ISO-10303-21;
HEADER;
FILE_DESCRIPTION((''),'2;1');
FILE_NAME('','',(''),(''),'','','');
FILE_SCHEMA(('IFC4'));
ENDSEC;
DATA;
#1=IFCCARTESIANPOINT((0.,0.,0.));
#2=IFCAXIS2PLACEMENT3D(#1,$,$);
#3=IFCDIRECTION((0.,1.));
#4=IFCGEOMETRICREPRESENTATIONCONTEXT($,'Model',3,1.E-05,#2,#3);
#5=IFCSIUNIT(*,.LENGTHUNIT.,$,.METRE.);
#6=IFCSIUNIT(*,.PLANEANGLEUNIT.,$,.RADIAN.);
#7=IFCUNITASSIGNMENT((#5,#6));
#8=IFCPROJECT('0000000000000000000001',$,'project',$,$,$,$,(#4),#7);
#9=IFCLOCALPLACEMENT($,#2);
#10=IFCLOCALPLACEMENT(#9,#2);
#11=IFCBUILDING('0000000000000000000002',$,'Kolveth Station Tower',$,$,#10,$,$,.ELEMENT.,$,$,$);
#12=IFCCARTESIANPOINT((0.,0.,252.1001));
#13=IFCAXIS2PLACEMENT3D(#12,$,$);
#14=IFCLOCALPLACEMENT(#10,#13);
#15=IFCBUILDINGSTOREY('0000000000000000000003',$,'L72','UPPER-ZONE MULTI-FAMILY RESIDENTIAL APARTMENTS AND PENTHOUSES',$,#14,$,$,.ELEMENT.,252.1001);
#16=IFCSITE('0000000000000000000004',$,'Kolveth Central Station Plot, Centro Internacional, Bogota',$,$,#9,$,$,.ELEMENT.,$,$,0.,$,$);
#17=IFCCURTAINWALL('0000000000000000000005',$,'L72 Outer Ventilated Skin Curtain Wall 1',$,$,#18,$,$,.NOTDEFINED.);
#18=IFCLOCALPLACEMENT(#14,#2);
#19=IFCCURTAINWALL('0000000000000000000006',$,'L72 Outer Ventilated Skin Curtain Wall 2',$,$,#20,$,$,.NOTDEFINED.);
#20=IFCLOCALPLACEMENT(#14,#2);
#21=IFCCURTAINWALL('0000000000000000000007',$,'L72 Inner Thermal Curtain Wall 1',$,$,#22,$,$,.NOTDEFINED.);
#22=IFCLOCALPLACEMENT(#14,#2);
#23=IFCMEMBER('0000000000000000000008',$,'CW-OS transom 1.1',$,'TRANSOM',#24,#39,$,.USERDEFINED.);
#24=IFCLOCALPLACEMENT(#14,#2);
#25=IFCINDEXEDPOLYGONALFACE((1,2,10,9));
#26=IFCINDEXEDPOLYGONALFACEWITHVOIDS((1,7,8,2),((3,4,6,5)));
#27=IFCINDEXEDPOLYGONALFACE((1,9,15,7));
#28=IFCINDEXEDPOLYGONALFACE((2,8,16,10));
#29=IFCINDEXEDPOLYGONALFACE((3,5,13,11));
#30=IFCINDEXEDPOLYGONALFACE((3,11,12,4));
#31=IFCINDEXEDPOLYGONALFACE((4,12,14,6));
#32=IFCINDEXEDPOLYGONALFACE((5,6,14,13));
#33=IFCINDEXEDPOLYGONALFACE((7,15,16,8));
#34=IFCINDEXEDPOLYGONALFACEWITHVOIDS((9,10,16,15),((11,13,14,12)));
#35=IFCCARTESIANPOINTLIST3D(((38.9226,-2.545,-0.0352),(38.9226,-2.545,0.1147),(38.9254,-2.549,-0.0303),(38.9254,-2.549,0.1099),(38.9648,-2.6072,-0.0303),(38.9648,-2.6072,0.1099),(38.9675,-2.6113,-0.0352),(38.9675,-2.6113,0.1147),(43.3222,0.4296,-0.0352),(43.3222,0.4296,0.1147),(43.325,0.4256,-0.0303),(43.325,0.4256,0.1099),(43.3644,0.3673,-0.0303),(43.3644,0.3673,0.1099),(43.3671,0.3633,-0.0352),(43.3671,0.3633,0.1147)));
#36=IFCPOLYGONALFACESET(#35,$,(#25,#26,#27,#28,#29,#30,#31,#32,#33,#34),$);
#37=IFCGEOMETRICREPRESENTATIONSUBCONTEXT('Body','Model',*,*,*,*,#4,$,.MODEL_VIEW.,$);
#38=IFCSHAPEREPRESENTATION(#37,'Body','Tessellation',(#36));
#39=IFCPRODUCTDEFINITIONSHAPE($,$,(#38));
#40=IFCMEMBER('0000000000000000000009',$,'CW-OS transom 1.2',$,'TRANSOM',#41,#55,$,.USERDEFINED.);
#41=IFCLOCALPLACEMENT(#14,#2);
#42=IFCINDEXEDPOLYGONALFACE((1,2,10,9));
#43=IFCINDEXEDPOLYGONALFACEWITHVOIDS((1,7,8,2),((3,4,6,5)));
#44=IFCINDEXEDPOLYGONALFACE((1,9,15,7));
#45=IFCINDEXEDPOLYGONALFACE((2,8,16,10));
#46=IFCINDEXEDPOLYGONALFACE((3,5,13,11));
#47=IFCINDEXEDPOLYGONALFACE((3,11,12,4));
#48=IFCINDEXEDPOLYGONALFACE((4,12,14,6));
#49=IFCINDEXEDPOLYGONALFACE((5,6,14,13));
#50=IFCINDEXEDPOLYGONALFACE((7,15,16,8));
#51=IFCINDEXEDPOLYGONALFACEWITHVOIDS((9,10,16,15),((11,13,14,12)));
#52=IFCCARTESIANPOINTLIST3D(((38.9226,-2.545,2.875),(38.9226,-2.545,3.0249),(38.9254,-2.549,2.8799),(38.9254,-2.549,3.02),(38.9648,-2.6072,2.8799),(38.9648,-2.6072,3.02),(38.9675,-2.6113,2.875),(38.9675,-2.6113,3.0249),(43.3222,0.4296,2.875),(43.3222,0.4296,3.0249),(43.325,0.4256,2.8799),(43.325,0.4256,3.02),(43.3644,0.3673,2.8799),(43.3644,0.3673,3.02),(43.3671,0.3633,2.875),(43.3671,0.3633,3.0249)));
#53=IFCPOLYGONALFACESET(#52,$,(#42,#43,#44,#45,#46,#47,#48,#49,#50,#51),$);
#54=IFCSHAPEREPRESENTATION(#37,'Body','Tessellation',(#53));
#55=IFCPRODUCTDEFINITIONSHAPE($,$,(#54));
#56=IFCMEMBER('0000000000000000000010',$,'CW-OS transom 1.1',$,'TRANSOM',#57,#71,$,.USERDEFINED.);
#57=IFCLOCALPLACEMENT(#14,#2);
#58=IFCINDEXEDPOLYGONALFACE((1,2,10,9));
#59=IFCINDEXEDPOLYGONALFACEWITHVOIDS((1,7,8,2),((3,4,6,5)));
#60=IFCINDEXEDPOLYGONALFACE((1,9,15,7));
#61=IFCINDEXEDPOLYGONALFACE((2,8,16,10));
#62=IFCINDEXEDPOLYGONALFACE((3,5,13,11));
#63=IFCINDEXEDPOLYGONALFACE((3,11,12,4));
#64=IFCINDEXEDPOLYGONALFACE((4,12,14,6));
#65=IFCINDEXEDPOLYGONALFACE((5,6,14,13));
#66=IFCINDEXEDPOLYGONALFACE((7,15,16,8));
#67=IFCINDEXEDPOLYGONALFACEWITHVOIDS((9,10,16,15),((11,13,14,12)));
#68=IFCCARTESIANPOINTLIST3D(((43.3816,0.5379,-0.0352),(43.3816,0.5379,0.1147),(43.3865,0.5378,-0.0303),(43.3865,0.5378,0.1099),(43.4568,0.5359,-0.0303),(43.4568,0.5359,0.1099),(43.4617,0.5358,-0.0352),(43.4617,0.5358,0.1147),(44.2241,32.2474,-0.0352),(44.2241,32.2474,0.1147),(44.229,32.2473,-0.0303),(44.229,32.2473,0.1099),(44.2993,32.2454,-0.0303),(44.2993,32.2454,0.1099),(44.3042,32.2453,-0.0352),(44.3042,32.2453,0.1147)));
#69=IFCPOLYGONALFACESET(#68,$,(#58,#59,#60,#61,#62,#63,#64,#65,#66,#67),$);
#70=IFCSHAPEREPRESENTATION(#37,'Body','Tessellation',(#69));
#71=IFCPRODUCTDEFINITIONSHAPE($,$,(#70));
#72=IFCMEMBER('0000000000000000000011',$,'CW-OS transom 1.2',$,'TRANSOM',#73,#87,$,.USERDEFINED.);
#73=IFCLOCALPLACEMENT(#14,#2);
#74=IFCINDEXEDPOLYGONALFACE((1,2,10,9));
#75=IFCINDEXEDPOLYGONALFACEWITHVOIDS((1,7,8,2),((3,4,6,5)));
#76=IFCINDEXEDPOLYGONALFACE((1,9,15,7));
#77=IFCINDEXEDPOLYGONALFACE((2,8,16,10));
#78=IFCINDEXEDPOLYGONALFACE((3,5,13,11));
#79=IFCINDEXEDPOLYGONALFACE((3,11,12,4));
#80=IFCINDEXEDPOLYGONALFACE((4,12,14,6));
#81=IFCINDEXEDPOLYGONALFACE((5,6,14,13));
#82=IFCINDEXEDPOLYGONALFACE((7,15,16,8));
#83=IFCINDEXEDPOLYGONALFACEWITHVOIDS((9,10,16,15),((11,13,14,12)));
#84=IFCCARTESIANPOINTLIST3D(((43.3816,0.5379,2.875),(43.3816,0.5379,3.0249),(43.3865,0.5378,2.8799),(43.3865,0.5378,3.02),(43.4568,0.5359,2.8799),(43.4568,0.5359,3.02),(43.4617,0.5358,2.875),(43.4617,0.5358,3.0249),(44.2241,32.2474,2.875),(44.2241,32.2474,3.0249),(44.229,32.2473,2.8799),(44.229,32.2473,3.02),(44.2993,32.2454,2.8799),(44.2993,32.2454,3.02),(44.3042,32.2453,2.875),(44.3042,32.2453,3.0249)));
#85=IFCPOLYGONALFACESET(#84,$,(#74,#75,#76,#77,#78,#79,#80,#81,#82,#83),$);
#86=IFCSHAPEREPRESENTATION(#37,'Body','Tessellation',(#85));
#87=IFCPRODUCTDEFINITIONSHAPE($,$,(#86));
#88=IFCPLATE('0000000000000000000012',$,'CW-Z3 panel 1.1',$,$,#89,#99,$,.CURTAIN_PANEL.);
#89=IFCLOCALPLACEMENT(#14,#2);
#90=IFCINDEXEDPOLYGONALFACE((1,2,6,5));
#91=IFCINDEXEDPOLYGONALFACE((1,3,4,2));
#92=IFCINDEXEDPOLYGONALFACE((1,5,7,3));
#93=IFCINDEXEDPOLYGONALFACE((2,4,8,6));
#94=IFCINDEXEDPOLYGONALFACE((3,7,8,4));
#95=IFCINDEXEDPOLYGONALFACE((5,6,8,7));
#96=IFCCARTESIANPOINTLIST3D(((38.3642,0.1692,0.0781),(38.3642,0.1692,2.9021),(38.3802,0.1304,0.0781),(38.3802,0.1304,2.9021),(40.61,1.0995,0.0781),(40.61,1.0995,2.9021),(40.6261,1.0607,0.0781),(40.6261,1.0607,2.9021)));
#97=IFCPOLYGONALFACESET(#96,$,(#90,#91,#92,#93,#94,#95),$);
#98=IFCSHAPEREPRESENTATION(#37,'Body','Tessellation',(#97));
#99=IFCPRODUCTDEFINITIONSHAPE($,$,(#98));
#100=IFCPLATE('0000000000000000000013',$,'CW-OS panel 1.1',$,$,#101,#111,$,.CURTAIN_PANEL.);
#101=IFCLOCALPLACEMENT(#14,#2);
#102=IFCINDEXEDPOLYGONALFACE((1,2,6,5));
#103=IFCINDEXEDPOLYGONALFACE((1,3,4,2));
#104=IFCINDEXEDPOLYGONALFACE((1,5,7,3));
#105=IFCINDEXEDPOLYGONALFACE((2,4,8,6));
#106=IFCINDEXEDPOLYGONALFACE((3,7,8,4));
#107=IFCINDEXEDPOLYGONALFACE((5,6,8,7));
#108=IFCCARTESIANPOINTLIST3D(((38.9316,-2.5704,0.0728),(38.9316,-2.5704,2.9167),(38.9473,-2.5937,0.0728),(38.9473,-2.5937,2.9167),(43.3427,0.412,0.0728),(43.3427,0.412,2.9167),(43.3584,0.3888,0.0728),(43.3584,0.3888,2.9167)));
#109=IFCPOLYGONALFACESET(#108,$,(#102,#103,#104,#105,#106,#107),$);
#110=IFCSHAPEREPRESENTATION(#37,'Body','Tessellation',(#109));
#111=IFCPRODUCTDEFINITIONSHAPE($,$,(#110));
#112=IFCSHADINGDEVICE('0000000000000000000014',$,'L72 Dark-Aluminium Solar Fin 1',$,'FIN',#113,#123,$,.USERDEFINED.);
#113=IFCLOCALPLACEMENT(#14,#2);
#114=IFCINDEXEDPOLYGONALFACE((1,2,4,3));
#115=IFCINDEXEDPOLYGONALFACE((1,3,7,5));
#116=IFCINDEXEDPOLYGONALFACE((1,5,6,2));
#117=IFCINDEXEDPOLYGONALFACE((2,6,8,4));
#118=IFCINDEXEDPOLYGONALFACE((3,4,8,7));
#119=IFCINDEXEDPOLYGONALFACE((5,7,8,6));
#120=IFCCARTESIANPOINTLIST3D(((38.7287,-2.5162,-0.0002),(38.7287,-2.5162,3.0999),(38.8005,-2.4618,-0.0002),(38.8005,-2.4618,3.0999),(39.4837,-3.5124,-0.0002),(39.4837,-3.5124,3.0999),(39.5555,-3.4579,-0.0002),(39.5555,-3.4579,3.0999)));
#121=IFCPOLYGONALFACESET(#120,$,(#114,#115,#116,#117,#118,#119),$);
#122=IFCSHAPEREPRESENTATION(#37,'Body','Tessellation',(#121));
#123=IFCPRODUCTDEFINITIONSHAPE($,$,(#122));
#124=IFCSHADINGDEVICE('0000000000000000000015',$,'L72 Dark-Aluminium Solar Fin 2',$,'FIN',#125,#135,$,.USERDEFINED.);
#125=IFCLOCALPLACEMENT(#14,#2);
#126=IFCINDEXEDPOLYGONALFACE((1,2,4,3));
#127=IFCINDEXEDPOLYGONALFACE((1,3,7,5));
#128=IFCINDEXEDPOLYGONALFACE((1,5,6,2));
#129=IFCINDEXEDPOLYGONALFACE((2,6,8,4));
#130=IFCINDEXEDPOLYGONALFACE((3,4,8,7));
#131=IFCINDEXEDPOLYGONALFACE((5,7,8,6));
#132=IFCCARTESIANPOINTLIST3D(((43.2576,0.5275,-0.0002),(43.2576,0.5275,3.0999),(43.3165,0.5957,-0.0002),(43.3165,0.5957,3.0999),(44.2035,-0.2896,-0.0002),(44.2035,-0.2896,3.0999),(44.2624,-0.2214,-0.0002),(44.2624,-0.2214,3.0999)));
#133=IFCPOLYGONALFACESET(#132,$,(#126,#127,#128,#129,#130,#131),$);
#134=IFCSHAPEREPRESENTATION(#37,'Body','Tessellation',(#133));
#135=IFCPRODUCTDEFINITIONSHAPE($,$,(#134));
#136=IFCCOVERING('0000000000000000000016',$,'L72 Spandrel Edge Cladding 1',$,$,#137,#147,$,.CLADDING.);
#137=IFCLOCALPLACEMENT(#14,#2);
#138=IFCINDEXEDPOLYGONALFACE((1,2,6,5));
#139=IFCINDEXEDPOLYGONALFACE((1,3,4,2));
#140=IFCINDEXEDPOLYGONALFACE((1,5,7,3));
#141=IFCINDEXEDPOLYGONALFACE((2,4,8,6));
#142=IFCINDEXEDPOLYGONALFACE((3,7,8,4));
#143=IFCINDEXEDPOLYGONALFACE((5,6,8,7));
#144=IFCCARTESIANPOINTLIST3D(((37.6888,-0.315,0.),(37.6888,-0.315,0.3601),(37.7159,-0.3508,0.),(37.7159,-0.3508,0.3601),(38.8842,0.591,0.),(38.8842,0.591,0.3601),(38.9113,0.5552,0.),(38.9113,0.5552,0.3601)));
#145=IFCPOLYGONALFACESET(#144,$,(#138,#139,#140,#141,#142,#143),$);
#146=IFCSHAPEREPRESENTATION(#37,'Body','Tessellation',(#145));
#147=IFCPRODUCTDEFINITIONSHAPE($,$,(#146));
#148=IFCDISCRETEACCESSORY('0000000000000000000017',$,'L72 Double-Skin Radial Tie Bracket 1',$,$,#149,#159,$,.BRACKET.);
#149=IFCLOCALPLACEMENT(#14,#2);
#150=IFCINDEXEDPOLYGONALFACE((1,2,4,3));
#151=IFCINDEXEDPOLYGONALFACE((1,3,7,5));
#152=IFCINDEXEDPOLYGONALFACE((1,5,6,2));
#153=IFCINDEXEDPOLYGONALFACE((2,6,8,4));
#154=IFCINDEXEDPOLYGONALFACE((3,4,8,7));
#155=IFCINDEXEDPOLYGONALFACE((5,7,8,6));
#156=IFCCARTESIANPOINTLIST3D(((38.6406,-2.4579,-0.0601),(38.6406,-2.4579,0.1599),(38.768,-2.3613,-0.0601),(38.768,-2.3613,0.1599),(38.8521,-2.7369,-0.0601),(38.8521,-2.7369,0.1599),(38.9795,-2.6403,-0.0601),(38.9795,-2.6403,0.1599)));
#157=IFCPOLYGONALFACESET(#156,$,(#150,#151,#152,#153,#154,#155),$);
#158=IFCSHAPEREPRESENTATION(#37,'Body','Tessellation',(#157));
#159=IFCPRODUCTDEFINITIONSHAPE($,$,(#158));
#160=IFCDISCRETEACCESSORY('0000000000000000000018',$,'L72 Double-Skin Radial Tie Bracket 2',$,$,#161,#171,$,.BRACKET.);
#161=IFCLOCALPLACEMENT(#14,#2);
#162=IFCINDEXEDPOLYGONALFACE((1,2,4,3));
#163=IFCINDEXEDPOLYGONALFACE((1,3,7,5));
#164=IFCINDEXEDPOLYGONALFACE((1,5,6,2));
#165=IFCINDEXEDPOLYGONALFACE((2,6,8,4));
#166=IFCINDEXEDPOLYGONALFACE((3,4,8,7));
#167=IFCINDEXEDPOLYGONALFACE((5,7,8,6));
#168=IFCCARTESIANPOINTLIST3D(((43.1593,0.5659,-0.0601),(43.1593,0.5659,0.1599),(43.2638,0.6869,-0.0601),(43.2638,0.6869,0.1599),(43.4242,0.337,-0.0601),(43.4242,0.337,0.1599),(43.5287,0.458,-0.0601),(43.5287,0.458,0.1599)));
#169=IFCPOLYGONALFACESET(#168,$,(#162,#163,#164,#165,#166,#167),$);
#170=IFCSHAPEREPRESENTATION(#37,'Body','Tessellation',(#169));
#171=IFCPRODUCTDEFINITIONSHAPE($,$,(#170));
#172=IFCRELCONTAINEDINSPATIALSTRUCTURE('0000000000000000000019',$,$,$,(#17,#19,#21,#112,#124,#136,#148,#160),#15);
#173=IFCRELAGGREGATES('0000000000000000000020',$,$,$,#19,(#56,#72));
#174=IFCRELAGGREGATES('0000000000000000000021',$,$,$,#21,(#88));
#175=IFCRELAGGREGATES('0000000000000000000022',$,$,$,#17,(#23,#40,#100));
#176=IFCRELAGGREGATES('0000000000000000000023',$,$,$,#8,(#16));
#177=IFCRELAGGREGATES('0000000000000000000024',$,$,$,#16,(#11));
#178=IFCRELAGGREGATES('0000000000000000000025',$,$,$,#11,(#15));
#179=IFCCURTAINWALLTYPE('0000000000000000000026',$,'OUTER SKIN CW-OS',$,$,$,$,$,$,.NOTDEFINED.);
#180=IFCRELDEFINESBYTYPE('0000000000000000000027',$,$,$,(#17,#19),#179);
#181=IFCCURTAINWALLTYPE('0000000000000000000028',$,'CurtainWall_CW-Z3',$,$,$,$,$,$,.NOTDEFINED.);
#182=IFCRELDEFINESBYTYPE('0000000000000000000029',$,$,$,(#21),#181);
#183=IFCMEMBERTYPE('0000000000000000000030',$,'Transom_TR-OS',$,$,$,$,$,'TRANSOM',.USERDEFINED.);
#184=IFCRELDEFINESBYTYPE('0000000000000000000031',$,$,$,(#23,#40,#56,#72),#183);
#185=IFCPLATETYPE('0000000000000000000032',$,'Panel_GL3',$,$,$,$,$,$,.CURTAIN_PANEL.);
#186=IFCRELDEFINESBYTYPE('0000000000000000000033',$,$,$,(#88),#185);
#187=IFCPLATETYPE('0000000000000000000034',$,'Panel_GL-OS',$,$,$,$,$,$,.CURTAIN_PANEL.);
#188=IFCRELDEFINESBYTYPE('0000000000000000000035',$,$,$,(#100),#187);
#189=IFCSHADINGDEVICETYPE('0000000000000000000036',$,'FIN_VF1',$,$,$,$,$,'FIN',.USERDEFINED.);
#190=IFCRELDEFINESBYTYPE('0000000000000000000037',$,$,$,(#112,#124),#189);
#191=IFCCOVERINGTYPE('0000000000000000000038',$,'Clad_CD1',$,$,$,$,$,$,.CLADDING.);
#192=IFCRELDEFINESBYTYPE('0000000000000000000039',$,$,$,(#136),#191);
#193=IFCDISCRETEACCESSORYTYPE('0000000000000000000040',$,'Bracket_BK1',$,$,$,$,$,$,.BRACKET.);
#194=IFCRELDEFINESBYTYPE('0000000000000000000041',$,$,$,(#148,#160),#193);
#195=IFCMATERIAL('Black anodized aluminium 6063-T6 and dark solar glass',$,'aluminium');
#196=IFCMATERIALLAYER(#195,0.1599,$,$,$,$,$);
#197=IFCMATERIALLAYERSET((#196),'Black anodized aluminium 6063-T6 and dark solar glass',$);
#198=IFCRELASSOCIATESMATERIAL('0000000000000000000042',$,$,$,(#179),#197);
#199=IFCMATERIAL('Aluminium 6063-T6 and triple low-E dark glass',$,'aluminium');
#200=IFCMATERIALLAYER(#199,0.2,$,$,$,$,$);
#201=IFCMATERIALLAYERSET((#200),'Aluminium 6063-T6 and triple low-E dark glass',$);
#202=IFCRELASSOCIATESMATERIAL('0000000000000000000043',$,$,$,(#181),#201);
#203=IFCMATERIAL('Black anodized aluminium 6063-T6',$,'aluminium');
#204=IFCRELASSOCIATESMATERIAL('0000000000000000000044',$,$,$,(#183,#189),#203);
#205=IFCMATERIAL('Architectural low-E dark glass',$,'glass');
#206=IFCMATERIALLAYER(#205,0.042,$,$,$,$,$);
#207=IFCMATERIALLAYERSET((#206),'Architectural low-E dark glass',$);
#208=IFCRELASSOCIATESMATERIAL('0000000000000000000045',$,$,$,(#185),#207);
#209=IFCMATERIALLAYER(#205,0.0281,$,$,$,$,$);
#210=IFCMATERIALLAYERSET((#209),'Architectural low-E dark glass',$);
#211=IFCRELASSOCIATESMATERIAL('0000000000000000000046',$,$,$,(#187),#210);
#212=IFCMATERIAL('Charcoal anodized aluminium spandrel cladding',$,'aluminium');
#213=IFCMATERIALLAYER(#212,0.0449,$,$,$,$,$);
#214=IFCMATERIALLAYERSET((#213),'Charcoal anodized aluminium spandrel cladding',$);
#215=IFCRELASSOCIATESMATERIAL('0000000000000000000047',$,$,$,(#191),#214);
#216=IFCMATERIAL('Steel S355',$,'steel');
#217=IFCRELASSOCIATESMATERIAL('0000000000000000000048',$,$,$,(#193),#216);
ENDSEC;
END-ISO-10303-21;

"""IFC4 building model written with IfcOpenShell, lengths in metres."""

from ifc_helpers import new_model, si_unit, direction, frame, origin, origin_2d, place, context, subcontext, project, spatial, rectangle, hollow_rectangle, extrude, source, transform, mapped, material, layer, layer_set, material_profile, profile_set, type_object, element, aggregate, save


model = new_model("IFC4")

# Units and contexts
model_context = context("Model", 3, precision=1e-05, world=origin(), true_north=direction((0.0, 1.0)))
body_context = subcontext(model_context, "Body", "Model", "MODEL_VIEW")
ifc_project = project(units=[si_unit("LENGTHUNIT", "METRE"), si_unit("PLANEANGLEUNIT", "RADIAN")], contexts=[model_context])

# Site, building, storey
site_placement = place(None, origin())
site = spatial("IfcSite", under=ifc_project, at=site_placement, Name="Kolveth Central Station Plot, Centro Internacional, Bogota", CompositionType="ELEMENT", RefElevation=0.0)
building_placement = place(site_placement, origin())
building = spatial("IfcBuilding", under=site, at=building_placement, Name="Kolveth Station Tower", CompositionType="ELEMENT")
storey_placement = place(building_placement, frame((0.0, 0.0, 252.1001)))
storey = spatial("IfcBuildingStorey", under=building, at=storey_placement, Name="L72", Description="UPPER-ZONE MULTI-FAMILY RESIDENTIAL APARTMENTS AND PENTHOUSES", CompositionType="ELEMENT", Elevation=252.1001)

# Curtain wall
ifc_material_1 = material(Name="Black anodized aluminium 6063-T6 and dark solar glass", Category="aluminium")
ifc_layer_1 = layer(ifc_material_1, 0.1599)
ifc_layer_set_1 = layer_set([ifc_layer_1], Name="Black anodized aluminium 6063-T6 and dark solar glass")
curtain_wall_type_1 = type_object("IfcCurtainWallType", Name="OUTER SKIN CW-OS", PredefinedType="NOTDEFINED", material=ifc_layer_set_1)
curtain_wall_1_placement = place(storey_placement, origin())
curtain_wall_1 = element("IfcCurtainWall", 1, at=curtain_wall_1_placement, inside=storey, type_object=curtain_wall_type_1, Name="L72 Outer Ventilated Skin Curtain Wall 1", PredefinedType="NOTDEFINED")
ifc_material_2 = material(Name="Black anodized aluminium 6063-T6", Category="aluminium")

# Curtain wall
curtain_wall_2_placement = place(storey_placement, origin())
curtain_wall_2 = element("IfcCurtainWall", 2, at=curtain_wall_2_placement, inside=storey, type_object=curtain_wall_type_1, Name="L72 Outer Ventilated Skin Curtain Wall 2", PredefinedType="NOTDEFINED")

# Curtain wall
ifc_material_3 = material(Name="Aluminium 6063-T6 and triple low-E dark glass", Category="aluminium")
ifc_layer_2 = layer(ifc_material_3, 0.2)
ifc_layer_set_2 = layer_set([ifc_layer_2], Name="Aluminium 6063-T6 and triple low-E dark glass")
curtain_wall_type_2 = type_object("IfcCurtainWallType", Name="CurtainWall_CW-Z3", PredefinedType="NOTDEFINED", material=ifc_layer_set_2)
curtain_wall_3_placement = place(storey_placement, origin())
curtain_wall_3 = element("IfcCurtainWall", 3, at=curtain_wall_3_placement, inside=storey, type_object=curtain_wall_type_2, Name="L72 Inner Thermal Curtain Wall 1", PredefinedType="NOTDEFINED")

# Members
ifc_material_profile_1 = material_profile(ifc_material_2, hollow_rectangle(XDim=0.0801, YDim=0.1499, WallThickness=0.0049, at=origin_2d()), Name="ALU-80x150x5")
ifc_profile_set_1 = profile_set([ifc_material_profile_1], Name="Black anodized aluminium 6063-T6")
member_type_1 = type_object("IfcMemberType", Name="Transom_TR-OS", ElementType="TRANSOM", PredefinedType="USERDEFINED", material=ifc_profile_set_1)
shared_shape_1 = source(origin(), body_context, "Body", "SweptSolid", [
    extrude(hollow_rectangle(XDim=0.0801, YDim=0.1499, WallThickness=0.0049, at=origin_2d()), origin(), (0.0, 0.0, 1.0), 5.3108),
])
member_1_placement = place(storey_placement, frame((38.9451, -2.5781, 0.0398), z_axis=(0.828426, 0.560099, 0.0), x_axis=(-0.560099, 0.828426, 0.0)))
member_1 = element("IfcMember", 4, at=member_1_placement, type_object=member_type_1, Name="CW-OS transom 1.1", ObjectType="TRANSOM", PredefinedType="USERDEFINED", context=body_context, shape_type="MappedRepresentation", body=[
    mapped(shared_shape_1, transform((0.0, 0.0, 0.0), x_axis=(1.0, 0.0, 0.0), y_axis=(0.0, 1.0, 0.0), z_axis=(0.0, 0.0, 1.0), scale=1.0)),
])
member_2_placement = place(storey_placement, frame((38.9451, -2.5781, 2.95), z_axis=(0.828426, 0.560099, 0.0), x_axis=(-0.560099, 0.828426, 0.0)))
member_2 = element("IfcMember", 5, at=member_2_placement, type_object=member_type_1, Name="CW-OS transom 1.2", ObjectType="TRANSOM", PredefinedType="USERDEFINED", context=body_context, shape_type="MappedRepresentation", body=[
    mapped(shared_shape_1, transform((0.0, 0.0, 0.0), x_axis=(1.0, 0.0, 0.0), y_axis=(0.0, 1.0, 0.0), z_axis=(0.0, 0.0, 1.0), scale=1.0)),
])
shared_shape_2 = source(origin(), body_context, "Body", "SweptSolid", [
    extrude(hollow_rectangle(XDim=0.0801, YDim=0.1499, WallThickness=0.0049, at=origin_2d()), origin(), (0.0, 0.0, 1.0), 31.7207),
])
member_3_placement = place(storey_placement, frame((43.4216, 0.5369, 0.0398), z_axis=(0.026561, 0.999647, 0.0), x_axis=(-0.999647, 0.026561, 0.0)))
member_3 = element("IfcMember", 6, at=member_3_placement, type_object=member_type_1, Name="CW-OS transom 1.1", ObjectType="TRANSOM", PredefinedType="USERDEFINED", context=body_context, shape_type="MappedRepresentation", body=[
    mapped(shared_shape_2, transform((0.0, 0.0, 0.0), x_axis=(1.0, 0.0, 0.0), y_axis=(0.0, 1.0, 0.0), z_axis=(0.0, 0.0, 1.0), scale=1.0)),
])
member_4_placement = place(storey_placement, frame((43.4216, 0.5369, 2.95), z_axis=(0.026561, 0.999647, 0.0), x_axis=(-0.999647, 0.026561, 0.0)))
member_4 = element("IfcMember", 7, at=member_4_placement, type_object=member_type_1, Name="CW-OS transom 1.2", ObjectType="TRANSOM", PredefinedType="USERDEFINED", context=body_context, shape_type="MappedRepresentation", body=[
    mapped(shared_shape_2, transform((0.0, 0.0, 0.0), x_axis=(1.0, 0.0, 0.0), y_axis=(0.0, 1.0, 0.0), z_axis=(0.0, 0.0, 1.0), scale=1.0)),
])
aggregate(curtain_wall_2, [member_3, member_4])

# Plates
ifc_material_4 = material(Name="Architectural low-E dark glass", Category="glass")
ifc_layer_3 = layer(ifc_material_4, 0.042)
ifc_layer_set_3 = layer_set([ifc_layer_3], Name="Architectural low-E dark glass")
plate_type_1 = type_object("IfcPlateType", Name="Panel_GL3", PredefinedType="CURTAIN_PANEL", material=ifc_layer_set_3)
shared_shape_3 = source(origin(), body_context, "Body", "SweptSolid", [
    extrude(rectangle(XDim=2.4309, YDim=0.042, at=origin_2d()), origin(), (0.0, 0.0, 1.0), 2.824),
])
plate_1_placement = place(storey_placement, frame((39.4951, 0.615, 0.0781), z_axis=(0.0, 0.0, 1.0), x_axis=(0.923875, 0.382693, 0.0)))
plate_1 = element("IfcPlate", 8, at=plate_1_placement, type_object=plate_type_1, Name="CW-Z3 panel 1.1", PredefinedType="CURTAIN_PANEL", context=body_context, shape_type="MappedRepresentation", body=[
    mapped(shared_shape_3, transform((0.0, 0.0, 0.0), x_axis=(1.0, 0.0, 0.0), y_axis=(0.0, 1.0, 0.0), z_axis=(0.0, 0.0, 1.0), scale=1.0)),
])
aggregate(curtain_wall_3, [plate_1])
ifc_layer_4 = layer(ifc_material_4, 0.0281)
ifc_layer_set_4 = layer_set([ifc_layer_4], Name="Architectural low-E dark glass")
plate_type_2 = type_object("IfcPlateType", Name="Panel_GL-OS", PredefinedType="CURTAIN_PANEL", material=ifc_layer_set_4)
shared_shape_4 = source(origin(), body_context, "Body", "SweptSolid", [
    extrude(rectangle(XDim=5.3247, YDim=0.0281, at=origin_2d()), origin(), (0.0, 0.0, 1.0), 2.844),
])
plate_2_placement = place(storey_placement, frame((41.145, -1.0908, 0.0728), z_axis=(0.0, 0.0, 1.0), x_axis=(0.828415, 0.560114, 0.0)))
plate_2 = element("IfcPlate", 9, at=plate_2_placement, type_object=plate_type_2, Name="CW-OS panel 1.1", PredefinedType="CURTAIN_PANEL", context=body_context, shape_type="MappedRepresentation", body=[
    mapped(shared_shape_4, transform((0.0, 0.0, 0.0), x_axis=(1.0, 0.0, 0.0), y_axis=(0.0, 1.0, 0.0), z_axis=(0.0, 0.0, 1.0), scale=1.0)),
])
aggregate(curtain_wall_1, [member_1, member_2, plate_2])

# Shading devices
shading_device_type = type_object("IfcShadingDeviceType", Name="FIN_VF1", ElementType="FIN", PredefinedType="USERDEFINED", material=ifc_material_2)
shared_shape_5 = source(origin(), body_context, "Body", "SweptSolid", [
    extrude(rectangle(XDim=1.25, YDim=0.0901, at=origin_2d()), origin(), (0.0, 0.0, 1.0), 3.1001),
])
for number, where, z_axis, x_axis, name in (
    (10, (39.1421, -2.9871, -0.0002), (0.0, 0.0, 1.0), (0.604043, -0.796952, 0.0), "L72 Dark-Aluminium Solar Fin 1"),
    (11, (43.76, 0.1531, -0.0002), (0.0, 0.0, 1.0), (0.756767, -0.653685, 0.0), "L72 Dark-Aluminium Solar Fin 2"),
):
    element("IfcShadingDevice", number, at=place(storey_placement, frame(where, z_axis=z_axis, x_axis=x_axis)), inside=storey, type_object=shading_device_type, Name=name, ObjectType="FIN", PredefinedType="USERDEFINED", context=body_context, shape_type="MappedRepresentation", body=[
        mapped(shared_shape_5, transform((0.0, 0.0, 0.0), x_axis=(1.0, 0.0, 0.0), y_axis=(0.0, 1.0, 0.0), z_axis=(0.0, 0.0, 1.0), scale=1.0)),
    ])

# Covering
ifc_material_5 = material(Name="Charcoal anodized aluminium spandrel cladding", Category="aluminium")
ifc_layer_5 = layer(ifc_material_5, 0.0449)
ifc_layer_set_5 = layer_set([ifc_layer_5], Name="Charcoal anodized aluminium spandrel cladding")
covering_type = type_object("IfcCoveringType", Name="Clad_CD1", PredefinedType="CLADDING", material=ifc_layer_set_5)
shared_shape_6 = source(origin(), body_context, "Body", "SweptSolid", [
    extrude(rectangle(XDim=1.5, YDim=0.0449, at=origin_2d()), origin(), (0.0, 0.0, 1.0), 0.3601),
])
covering_placement = place(storey_placement, frame((38.3, 0.1201, 0.0), z_axis=(0.0, 0.0, 1.0), x_axis=(0.796952, 0.604043, 0.0)))
element("IfcCovering", 12, at=covering_placement, inside=storey, type_object=covering_type, Name="L72 Spandrel Edge Cladding 1", PredefinedType="CLADDING", context=body_context, shape_type="MappedRepresentation", body=[
    mapped(shared_shape_6, transform((0.0, 0.0, 0.0), x_axis=(1.0, 0.0, 0.0), y_axis=(0.0, 1.0, 0.0), z_axis=(0.0, 0.0, 1.0), scale=1.0)),
])

# Discrete accessories
ifc_material_6 = material(Name="Steel S355", Category="steel")
discrete_accessory_type = type_object("IfcDiscreteAccessoryType", Name="Bracket_BK1", PredefinedType="BRACKET", material=ifc_material_6)
shared_shape_7 = source(origin(), body_context, "Body", "SweptSolid", [
    extrude(rectangle(XDim=0.3501, YDim=0.1599, at=origin_2d()), origin(), (0.0, 0.0, 1.0), 0.22),
])
for number, where, z_axis, x_axis, name in (
    (13, (38.8101, -2.5491, -0.0601), (0.0, 0.0, 1.0), (0.604043, -0.796952, 0.0), "L72 Double-Skin Radial Tie Bracket 1"),
    (14, (43.344, 0.512, -0.0601), (0.0, 0.0, 1.0), (0.756767, -0.653685, 0.0), "L72 Double-Skin Radial Tie Bracket 2"),
):
    element("IfcDiscreteAccessory", number, at=place(storey_placement, frame(where, z_axis=z_axis, x_axis=x_axis)), inside=storey, type_object=discrete_accessory_type, Name=name, PredefinedType="BRACKET", context=body_context, shape_type="MappedRepresentation", body=[
        mapped(shared_shape_7, transform((0.0, 0.0, 0.0), x_axis=(1.0, 0.0, 0.0), y_axis=(0.0, 1.0, 0.0), z_axis=(0.0, 0.0, 1.0), scale=1.0)),
    ])

save(model, "model.ifc")
